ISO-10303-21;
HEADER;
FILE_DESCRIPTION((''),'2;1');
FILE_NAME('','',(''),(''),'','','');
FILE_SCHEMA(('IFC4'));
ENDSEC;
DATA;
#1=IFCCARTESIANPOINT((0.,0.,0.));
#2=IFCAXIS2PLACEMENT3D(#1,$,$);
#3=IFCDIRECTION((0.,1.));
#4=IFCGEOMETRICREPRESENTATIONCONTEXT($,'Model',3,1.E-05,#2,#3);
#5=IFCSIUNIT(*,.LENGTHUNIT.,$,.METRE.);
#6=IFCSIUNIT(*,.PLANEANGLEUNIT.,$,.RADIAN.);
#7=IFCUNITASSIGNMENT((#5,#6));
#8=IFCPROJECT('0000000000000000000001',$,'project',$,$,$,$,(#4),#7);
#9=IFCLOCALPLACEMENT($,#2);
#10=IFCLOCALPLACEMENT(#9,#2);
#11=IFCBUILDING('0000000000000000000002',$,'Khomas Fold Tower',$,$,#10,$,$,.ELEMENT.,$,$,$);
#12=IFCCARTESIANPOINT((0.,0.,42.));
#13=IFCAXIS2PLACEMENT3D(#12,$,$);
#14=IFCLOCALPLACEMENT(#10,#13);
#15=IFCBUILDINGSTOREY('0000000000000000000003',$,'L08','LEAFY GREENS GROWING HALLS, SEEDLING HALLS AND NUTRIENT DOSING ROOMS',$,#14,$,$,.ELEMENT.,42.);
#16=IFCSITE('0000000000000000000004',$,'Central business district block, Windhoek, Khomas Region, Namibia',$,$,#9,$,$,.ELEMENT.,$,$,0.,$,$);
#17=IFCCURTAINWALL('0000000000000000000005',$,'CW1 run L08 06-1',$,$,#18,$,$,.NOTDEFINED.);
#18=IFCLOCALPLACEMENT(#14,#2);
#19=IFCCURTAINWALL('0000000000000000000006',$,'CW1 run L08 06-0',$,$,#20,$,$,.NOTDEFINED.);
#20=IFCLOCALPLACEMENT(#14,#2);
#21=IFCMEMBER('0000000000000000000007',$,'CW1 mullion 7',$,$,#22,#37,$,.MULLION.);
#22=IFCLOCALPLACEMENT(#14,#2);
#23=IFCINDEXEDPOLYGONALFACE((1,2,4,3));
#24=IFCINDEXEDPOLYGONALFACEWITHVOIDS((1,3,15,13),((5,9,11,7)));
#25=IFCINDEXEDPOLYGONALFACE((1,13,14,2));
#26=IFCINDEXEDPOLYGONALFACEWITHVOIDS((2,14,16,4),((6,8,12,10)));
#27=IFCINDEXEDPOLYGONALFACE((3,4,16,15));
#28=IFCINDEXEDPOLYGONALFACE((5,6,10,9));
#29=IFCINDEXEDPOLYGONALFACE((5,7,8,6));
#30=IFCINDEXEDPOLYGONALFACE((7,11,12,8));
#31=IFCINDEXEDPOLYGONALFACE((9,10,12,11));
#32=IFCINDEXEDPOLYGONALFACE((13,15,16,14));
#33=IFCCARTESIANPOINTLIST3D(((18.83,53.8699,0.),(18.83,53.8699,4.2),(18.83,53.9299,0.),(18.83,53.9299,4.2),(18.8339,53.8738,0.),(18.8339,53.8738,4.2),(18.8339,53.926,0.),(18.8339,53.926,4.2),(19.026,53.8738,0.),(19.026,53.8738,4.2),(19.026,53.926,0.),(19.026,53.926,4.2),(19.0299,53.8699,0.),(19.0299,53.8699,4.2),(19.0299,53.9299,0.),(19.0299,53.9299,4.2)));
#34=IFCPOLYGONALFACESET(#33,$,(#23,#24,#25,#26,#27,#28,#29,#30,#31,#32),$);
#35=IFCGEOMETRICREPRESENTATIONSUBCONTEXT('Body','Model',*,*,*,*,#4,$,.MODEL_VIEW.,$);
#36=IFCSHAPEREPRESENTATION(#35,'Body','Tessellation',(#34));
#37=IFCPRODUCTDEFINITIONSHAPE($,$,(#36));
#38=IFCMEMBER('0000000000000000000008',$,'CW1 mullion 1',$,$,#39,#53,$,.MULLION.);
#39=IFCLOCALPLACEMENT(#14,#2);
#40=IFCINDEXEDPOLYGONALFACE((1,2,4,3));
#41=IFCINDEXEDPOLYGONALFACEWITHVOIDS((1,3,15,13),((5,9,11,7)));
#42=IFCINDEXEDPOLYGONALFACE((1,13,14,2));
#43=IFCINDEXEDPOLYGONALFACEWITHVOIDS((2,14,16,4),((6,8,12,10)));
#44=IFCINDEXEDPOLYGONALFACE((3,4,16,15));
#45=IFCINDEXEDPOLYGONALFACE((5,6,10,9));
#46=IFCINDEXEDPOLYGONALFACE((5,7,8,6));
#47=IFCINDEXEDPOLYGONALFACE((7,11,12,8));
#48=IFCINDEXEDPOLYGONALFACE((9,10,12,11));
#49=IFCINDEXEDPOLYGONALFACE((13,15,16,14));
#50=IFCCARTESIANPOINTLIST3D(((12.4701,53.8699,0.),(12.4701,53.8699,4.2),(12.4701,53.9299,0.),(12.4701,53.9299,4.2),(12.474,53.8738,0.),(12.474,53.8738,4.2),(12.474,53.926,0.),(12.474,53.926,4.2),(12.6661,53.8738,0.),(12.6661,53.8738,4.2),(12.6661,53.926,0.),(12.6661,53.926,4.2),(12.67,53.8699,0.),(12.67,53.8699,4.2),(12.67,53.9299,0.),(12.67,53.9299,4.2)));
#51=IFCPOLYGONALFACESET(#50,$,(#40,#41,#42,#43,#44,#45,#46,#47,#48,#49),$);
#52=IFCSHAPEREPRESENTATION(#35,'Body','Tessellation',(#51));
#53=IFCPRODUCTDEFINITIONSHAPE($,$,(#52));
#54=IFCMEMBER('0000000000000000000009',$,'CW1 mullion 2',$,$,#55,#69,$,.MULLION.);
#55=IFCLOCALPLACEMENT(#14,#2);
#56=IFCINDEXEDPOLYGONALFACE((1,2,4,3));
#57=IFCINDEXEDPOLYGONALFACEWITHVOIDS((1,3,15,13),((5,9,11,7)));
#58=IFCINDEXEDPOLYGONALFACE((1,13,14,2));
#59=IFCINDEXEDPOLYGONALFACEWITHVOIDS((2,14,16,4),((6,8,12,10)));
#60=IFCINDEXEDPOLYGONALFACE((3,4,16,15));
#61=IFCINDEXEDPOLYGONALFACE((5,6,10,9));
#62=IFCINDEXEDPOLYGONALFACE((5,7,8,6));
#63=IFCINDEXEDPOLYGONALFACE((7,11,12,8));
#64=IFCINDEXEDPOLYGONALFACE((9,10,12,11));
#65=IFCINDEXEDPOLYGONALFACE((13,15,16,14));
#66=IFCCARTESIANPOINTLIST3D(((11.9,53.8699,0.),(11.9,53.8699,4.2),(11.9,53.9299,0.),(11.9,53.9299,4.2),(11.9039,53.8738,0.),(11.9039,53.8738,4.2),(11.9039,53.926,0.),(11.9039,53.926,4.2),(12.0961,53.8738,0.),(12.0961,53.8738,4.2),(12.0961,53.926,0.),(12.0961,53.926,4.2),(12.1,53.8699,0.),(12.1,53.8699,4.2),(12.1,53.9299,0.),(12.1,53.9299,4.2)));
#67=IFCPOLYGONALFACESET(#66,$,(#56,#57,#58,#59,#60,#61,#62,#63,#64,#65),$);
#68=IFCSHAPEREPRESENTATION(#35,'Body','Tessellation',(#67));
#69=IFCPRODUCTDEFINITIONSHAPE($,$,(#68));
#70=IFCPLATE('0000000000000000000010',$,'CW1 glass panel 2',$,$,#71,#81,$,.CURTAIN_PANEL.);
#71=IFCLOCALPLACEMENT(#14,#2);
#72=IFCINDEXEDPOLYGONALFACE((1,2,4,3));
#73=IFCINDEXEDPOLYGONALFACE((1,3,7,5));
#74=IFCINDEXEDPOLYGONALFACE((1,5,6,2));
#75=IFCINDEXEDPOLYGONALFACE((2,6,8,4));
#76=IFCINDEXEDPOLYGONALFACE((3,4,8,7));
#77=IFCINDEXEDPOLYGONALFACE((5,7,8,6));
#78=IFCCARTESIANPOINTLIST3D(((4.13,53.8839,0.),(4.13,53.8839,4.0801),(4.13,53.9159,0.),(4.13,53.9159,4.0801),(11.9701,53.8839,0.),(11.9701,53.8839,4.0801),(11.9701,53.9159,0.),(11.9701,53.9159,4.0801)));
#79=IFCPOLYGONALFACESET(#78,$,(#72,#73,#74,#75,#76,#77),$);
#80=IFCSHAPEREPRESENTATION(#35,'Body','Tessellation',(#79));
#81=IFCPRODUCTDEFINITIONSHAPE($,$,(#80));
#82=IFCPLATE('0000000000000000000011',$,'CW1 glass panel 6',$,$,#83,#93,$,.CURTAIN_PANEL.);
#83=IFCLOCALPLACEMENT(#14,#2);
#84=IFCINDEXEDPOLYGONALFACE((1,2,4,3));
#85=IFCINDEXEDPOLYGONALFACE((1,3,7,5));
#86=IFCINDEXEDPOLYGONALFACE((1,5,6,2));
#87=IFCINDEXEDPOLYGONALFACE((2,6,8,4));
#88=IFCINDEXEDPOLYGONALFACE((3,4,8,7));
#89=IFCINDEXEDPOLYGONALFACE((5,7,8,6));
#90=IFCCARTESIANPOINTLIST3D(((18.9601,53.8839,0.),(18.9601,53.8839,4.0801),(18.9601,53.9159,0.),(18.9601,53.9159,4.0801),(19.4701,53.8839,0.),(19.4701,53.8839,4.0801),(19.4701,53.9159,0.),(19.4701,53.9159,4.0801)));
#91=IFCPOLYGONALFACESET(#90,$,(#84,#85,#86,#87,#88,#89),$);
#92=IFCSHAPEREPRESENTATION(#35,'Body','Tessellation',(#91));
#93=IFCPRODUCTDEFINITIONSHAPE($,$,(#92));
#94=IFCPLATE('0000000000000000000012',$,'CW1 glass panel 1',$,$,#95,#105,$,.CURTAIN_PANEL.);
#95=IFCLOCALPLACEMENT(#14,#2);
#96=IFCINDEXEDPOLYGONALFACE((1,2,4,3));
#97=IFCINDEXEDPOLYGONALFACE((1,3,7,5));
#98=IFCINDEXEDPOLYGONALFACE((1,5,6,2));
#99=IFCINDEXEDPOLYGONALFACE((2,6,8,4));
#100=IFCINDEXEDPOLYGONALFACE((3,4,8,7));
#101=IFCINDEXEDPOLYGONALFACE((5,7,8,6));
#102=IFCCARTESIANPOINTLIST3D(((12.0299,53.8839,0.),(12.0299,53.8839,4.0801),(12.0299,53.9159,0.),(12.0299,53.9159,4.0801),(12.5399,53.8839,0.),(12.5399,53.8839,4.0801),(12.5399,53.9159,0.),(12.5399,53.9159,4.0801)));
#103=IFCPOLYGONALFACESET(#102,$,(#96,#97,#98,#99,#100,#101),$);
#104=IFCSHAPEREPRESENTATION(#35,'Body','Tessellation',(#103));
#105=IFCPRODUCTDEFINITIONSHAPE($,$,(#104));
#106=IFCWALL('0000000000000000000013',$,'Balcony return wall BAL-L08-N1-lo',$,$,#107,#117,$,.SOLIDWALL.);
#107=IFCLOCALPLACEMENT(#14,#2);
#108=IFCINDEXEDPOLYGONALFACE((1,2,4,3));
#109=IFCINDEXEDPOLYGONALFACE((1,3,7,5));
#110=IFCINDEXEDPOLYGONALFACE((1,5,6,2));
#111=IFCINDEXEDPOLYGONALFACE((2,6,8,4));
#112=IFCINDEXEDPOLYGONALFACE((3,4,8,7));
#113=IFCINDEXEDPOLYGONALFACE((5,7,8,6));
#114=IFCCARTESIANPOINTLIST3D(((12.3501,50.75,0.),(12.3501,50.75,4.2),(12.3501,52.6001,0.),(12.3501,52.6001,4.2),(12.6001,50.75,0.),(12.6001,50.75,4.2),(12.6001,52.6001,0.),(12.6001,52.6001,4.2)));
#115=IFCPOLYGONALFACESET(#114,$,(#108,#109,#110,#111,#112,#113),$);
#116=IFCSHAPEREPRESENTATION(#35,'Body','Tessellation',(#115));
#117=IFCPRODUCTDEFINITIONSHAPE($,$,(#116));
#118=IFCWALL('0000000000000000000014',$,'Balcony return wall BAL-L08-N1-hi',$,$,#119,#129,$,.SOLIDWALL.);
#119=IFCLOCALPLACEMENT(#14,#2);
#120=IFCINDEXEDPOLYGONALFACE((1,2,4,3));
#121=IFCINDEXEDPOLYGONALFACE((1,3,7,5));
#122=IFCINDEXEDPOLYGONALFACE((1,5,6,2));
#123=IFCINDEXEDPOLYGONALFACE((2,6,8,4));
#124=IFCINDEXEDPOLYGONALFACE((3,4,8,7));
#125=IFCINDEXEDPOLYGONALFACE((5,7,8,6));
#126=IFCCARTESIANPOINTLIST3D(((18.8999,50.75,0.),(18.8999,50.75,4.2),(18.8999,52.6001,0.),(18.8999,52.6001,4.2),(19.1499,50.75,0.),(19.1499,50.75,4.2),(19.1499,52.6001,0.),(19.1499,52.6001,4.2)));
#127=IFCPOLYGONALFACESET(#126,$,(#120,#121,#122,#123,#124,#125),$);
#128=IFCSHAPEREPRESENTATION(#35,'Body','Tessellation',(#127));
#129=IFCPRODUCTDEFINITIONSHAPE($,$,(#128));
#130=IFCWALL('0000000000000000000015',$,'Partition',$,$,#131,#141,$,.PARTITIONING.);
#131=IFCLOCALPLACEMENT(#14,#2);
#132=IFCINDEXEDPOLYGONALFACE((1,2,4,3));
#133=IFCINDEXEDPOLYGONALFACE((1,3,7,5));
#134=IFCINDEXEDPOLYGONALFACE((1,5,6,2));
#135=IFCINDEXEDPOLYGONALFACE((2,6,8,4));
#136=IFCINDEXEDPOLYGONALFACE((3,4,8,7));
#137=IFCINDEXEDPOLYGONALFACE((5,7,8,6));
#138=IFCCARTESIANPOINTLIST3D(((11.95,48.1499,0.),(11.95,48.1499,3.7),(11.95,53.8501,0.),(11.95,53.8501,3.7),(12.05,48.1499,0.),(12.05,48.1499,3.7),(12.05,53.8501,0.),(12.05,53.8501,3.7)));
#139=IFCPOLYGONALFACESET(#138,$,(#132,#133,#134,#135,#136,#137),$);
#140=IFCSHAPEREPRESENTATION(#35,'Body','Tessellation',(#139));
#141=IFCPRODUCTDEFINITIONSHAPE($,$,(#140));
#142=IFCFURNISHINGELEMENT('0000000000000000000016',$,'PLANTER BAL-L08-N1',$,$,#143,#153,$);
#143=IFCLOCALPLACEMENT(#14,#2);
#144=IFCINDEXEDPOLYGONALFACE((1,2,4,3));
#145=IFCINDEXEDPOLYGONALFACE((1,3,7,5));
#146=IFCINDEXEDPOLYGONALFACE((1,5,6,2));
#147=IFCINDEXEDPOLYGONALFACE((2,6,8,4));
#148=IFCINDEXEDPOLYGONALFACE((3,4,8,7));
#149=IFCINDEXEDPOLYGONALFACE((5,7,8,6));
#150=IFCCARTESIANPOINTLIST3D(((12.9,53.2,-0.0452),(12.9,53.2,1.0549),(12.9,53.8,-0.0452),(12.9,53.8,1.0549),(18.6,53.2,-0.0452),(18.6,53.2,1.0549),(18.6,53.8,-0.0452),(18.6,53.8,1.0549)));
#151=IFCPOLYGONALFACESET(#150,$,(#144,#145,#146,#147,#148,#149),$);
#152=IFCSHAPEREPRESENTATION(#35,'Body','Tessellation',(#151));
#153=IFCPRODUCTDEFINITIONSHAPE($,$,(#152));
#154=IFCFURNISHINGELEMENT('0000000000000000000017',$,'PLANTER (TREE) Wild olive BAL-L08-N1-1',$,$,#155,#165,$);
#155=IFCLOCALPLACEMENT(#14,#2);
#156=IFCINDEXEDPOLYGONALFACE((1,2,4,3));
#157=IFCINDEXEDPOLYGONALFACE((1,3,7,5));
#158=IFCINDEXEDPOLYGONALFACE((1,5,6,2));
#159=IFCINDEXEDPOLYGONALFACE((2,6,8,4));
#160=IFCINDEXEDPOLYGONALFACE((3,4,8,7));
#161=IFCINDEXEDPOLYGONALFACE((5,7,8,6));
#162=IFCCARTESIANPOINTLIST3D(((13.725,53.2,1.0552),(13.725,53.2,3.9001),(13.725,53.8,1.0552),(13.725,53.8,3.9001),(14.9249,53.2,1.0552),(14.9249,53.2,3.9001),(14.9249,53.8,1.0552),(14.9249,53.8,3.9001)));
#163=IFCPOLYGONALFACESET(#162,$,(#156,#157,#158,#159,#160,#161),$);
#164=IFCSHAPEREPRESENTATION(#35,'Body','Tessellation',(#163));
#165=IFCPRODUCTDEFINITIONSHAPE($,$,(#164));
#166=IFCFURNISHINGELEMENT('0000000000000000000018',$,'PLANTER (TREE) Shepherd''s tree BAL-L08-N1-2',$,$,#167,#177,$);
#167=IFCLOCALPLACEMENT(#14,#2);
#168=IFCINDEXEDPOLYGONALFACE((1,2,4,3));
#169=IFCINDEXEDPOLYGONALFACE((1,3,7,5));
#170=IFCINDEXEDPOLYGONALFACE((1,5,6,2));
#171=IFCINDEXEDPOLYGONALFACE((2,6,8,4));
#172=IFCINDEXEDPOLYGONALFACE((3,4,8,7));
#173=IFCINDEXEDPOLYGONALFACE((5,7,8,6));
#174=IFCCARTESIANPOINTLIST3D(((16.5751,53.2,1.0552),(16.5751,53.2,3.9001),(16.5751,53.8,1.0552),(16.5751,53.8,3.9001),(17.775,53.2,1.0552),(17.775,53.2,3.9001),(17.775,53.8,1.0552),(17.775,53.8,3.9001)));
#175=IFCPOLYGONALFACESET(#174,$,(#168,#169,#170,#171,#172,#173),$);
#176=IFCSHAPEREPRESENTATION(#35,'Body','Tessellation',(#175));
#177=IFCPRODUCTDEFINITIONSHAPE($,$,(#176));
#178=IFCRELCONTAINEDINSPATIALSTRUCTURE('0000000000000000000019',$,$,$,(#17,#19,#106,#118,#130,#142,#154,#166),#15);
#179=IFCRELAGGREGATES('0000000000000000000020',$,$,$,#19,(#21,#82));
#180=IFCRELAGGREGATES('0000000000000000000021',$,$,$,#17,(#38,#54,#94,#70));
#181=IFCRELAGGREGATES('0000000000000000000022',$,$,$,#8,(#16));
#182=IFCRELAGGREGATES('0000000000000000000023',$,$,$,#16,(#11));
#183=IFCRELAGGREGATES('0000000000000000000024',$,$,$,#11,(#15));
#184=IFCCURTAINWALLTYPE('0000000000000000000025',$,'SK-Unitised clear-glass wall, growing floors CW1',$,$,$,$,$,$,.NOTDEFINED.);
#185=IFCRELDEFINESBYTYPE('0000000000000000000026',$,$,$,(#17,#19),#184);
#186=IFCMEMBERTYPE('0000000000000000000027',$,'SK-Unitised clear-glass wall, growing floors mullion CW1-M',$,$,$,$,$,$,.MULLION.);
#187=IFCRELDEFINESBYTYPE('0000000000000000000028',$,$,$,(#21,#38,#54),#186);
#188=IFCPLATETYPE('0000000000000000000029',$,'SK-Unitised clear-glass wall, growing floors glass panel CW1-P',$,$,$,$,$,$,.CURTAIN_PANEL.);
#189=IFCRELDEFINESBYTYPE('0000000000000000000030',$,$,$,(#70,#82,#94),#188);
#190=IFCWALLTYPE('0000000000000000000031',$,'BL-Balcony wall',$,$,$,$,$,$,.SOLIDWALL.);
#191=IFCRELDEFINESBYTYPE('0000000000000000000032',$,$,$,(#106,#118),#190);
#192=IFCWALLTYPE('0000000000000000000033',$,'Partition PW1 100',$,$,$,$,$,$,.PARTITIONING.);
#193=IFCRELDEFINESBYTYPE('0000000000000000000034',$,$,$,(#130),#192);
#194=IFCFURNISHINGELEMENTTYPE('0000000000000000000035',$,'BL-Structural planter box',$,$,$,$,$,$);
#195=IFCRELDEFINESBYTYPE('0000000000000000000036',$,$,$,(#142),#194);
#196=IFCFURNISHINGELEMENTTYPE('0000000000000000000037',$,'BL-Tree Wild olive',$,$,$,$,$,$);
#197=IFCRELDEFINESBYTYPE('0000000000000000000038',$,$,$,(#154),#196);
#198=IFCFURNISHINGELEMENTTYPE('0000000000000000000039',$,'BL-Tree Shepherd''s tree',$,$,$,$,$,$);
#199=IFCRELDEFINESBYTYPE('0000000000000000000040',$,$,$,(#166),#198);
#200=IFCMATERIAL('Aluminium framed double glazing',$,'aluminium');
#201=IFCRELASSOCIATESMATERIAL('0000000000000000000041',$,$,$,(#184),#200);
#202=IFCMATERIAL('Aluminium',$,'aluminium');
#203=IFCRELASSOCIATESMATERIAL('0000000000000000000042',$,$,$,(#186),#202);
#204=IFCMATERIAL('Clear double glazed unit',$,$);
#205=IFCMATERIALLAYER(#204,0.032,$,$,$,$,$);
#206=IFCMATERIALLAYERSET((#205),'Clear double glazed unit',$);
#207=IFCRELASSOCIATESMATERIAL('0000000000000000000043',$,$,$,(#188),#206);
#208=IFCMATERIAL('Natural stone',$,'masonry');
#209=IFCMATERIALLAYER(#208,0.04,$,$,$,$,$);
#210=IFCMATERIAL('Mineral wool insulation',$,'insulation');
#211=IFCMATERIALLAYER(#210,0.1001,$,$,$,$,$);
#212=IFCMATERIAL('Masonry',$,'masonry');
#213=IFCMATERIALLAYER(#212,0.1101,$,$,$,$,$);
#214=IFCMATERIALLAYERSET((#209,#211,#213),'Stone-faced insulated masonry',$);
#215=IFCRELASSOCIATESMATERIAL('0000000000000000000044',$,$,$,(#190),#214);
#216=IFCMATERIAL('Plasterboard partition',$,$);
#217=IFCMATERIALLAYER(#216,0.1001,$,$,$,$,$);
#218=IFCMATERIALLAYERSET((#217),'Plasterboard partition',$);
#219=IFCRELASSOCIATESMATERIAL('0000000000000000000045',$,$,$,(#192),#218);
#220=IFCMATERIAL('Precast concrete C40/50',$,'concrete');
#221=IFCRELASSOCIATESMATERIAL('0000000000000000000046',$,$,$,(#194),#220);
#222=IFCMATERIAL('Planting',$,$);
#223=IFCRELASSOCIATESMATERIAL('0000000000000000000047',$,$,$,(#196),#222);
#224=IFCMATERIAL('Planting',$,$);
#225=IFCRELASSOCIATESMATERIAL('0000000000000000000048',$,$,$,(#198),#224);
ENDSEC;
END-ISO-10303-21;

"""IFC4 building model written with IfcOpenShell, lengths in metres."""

from ifc_helpers import new_model, si_unit, direction, frame, frame_2d, origin, origin_2d, place, context, subcontext, project, spatial, rectangle, hollow_rectangle, extrude, source, transform, mapped, material, layer, layer_set, material_profile, profile_set, type_object, element, aggregate, save


model = new_model("IFC4")

# Units and contexts
model_context = context("Model", 3, precision=1e-05, world=origin(), true_north=direction((0.0, 1.0)))
body_context = subcontext(model_context, "Body", "Model", "MODEL_VIEW")
ifc_project = project(units=[si_unit("LENGTHUNIT", "METRE"), si_unit("PLANEANGLEUNIT", "RADIAN")], contexts=[model_context])

# Site, building, storey
site_placement = place(None, origin())
site = spatial("IfcSite", under=ifc_project, at=site_placement, Name="Central business district block, Windhoek, Khomas Region, Namibia", CompositionType="ELEMENT", RefElevation=0.0)
building_placement = place(site_placement, origin())
building = spatial("IfcBuilding", under=site, at=building_placement, Name="Khomas Fold Tower", CompositionType="ELEMENT")
storey_placement = place(building_placement, frame((0.0, 0.0, 42.0)))
storey = spatial("IfcBuildingStorey", under=building, at=storey_placement, Name="L08", Description="LEAFY GREENS GROWING HALLS, SEEDLING HALLS AND NUTRIENT DOSING ROOMS", CompositionType="ELEMENT", Elevation=42.0)

# Curtain walls
ifc_material_1 = material(Name="Aluminium framed double glazing", Category="aluminium")
curtain_wall_type = type_object("IfcCurtainWallType", Name="SK-Unitised clear-glass wall, growing floors CW1", PredefinedType="NOTDEFINED", material=ifc_material_1)
curtain_wall_1_placement = place(storey_placement, origin())
curtain_wall_1 = element("IfcCurtainWall", 1, at=curtain_wall_1_placement, inside=storey, type_object=curtain_wall_type, Name="CW1 run L08 06-1", PredefinedType="NOTDEFINED")
curtain_wall_2_placement = place(storey_placement, origin())
curtain_wall_2 = element("IfcCurtainWall", 2, at=curtain_wall_2_placement, inside=storey, type_object=curtain_wall_type, Name="CW1 run L08 06-0", PredefinedType="NOTDEFINED")

# Members
ifc_material_2 = material(Name="Aluminium", Category="aluminium")
ifc_material_profile_1 = material_profile(ifc_material_2, hollow_rectangle(XDim=0.0601, YDim=0.2, WallThickness=0.0039, at=origin_2d()), Name="SK-Unitised clear-glass wall, growing floors mullion CW1-M")
ifc_profile_set_1 = profile_set([ifc_material_profile_1], Name="Aluminium")
member_type_1 = type_object("IfcMemberType", Name="SK-Unitised clear-glass wall, growing floors mullion CW1-M", PredefinedType="MULLION", material=ifc_profile_set_1)
shared_shape_1 = source(origin(), body_context, "Body", "SweptSolid", [
    extrude(hollow_rectangle(XDim=0.0601, YDim=0.2, WallThickness=0.0039, at=origin_2d()), origin(), (0.0, 0.0, 1.0), 4.2),
])
member_1_placement = place(storey_placement, frame((18.9299, 53.8999, 0.0), z_axis=(0.0, 0.0, 1.0), x_axis=(0.0, -1.0, 0.0)))
member_1 = element("IfcMember", 3, at=member_1_placement, type_object=member_type_1, Name="CW1 mullion 7", PredefinedType="MULLION", context=body_context, shape_type="MappedRepresentation", body=[
    mapped(shared_shape_1, transform((0.0, 0.0, 0.0))),
])
member_2_placement = place(storey_placement, frame((12.5701, 53.8999, 0.0), z_axis=(0.0, 0.0, 1.0), x_axis=(0.0, -1.0, 0.0)))
member_2 = element("IfcMember", 4, at=member_2_placement, type_object=member_type_1, Name="CW1 mullion 1", PredefinedType="MULLION", context=body_context, shape_type="MappedRepresentation", body=[
    mapped(shared_shape_1, transform((0.0, 0.0, 0.0))),
])
member_3_placement = place(storey_placement, frame((12.0, 53.8999, 0.0), z_axis=(0.0, 0.0, 1.0), x_axis=(0.0, -1.0, 0.0)))
member_3 = element("IfcMember", 5, at=member_3_placement, type_object=member_type_1, Name="CW1 mullion 2", PredefinedType="MULLION", context=body_context, shape_type="MappedRepresentation", body=[
    mapped(shared_shape_1, transform((0.0, 0.0, 0.0))),
])

# Plates
ifc_material_3 = material(Name="Clear double glazed unit")
ifc_layer_1 = layer(ifc_material_3, 0.032)
ifc_layer_set_1 = layer_set([ifc_layer_1], Name="Clear double glazed unit")
plate_type = type_object("IfcPlateType", Name="SK-Unitised clear-glass wall, growing floors glass panel CW1-P", PredefinedType="CURTAIN_PANEL", material=ifc_layer_set_1)
shared_shape_2 = source(origin(), body_context, "Body", "SweptSolid", [
    extrude(rectangle(XDim=7.8401, YDim=0.032, at=origin_2d()), origin(), (0.0, 0.0, 1.0), 4.0801),
])
plate_1_placement = place(storey_placement, frame((8.05, 53.8999, 0.0), z_axis=(0.0, 0.0, 1.0), x_axis=(-1.0, 0.0, 0.0)))
plate_1 = element("IfcPlate", 6, at=plate_1_placement, type_object=plate_type, Name="CW1 glass panel 2", PredefinedType="CURTAIN_PANEL", context=body_context, shape_type="MappedRepresentation", body=[
    mapped(shared_shape_2, transform((0.0, 0.0, 0.0))),
])
shared_shape_3 = source(origin(), body_context, "Body", "SweptSolid", [
    extrude(rectangle(XDim=0.51, YDim=0.032, at=origin_2d()), origin(), (0.0, 0.0, 1.0), 4.0801),
])
plate_2_placement = place(storey_placement, frame((19.2151, 53.8999, 0.0), z_axis=(0.0, 0.0, 1.0), x_axis=(-1.0, 0.0, 0.0)))
plate_2 = element("IfcPlate", 7, at=plate_2_placement, type_object=plate_type, Name="CW1 glass panel 6", PredefinedType="CURTAIN_PANEL", context=body_context, shape_type="MappedRepresentation", body=[
    mapped(shared_shape_3, transform((0.0, 0.0, 0.0))),
])
aggregate(curtain_wall_2, [member_1, plate_2])
plate_3_placement = place(storey_placement, frame((12.2849, 53.8999, 0.0), z_axis=(0.0, 0.0, 1.0), x_axis=(-1.0, 0.0, 0.0)))
plate_3 = element("IfcPlate", 8, at=plate_3_placement, type_object=plate_type, Name="CW1 glass panel 1", PredefinedType="CURTAIN_PANEL", context=body_context, shape_type="MappedRepresentation", body=[
    mapped(shared_shape_3, transform((0.0, 0.0, 0.0))),
])
aggregate(curtain_wall_1, [member_2, member_3, plate_3, plate_1])

# Shared definitions
ifc_material_4 = material(Name="Natural stone", Category="masonry")
ifc_layer_2 = layer(ifc_material_4, 0.04)
ifc_material_5 = material(Name="Mineral wool insulation", Category="insulation")
ifc_layer_3 = layer(ifc_material_5, 0.1001)
ifc_material_6 = material(Name="Masonry", Category="masonry")
ifc_layer_4 = layer(ifc_material_6, 0.1101)
ifc_layer_set_2 = layer_set([ifc_layer_2, ifc_layer_3, ifc_layer_4], Name="Stone-faced insulated masonry")
wall_type_1 = type_object("IfcWallType", Name="BL-Balcony wall", PredefinedType="SOLIDWALL", material=ifc_layer_set_2)

# Walls
shared_shape_4 = source(origin(), body_context, "Body", "SweptSolid", [
    extrude(rectangle(XDim=1.8501, YDim=0.25, at=frame_2d((0.925, 0.0))), origin(), (0.0, 0.0, 1.0), 4.2),
])
for number, where, z_axis, x_axis, name in (
    (9, (12.4751, 52.6001, 0.0), (0.0, 0.0, 1.0), (0.0, -1.0, 0.0), "Balcony return wall BAL-L08-N1-lo"),
    (10, (19.0249, 52.6001, 0.0), (0.0, 0.0, 1.0), (0.0, -1.0, 0.0), "Balcony return wall BAL-L08-N1-hi"),
):
    element("IfcWall", number, at=place(storey_placement, frame(where, z_axis=z_axis, x_axis=x_axis)), inside=storey, type_object=wall_type_1, Name=name, PredefinedType="SOLIDWALL", context=body_context, shape_type="MappedRepresentation", body=[
        mapped(shared_shape_4, transform((0.0, 0.0, 0.0))),
    ])
ifc_material_7 = material(Name="Plasterboard partition")
ifc_layer_5 = layer(ifc_material_7, 0.1001)
ifc_layer_set_3 = layer_set([ifc_layer_5], Name="Plasterboard partition")
wall_type_2 = type_object("IfcWallType", Name="Partition PW1 100", PredefinedType="PARTITIONING", material=ifc_layer_set_3)
shared_shape_5 = source(origin(), body_context, "Body", "SweptSolid", [
    extrude(rectangle(XDim=5.7002, YDim=0.1001, at=frame_2d((2.8501, 0.0))), origin(), (0.0, 0.0, 1.0), 3.7),
])
wall_1_placement = place(storey_placement, frame((12.0, 48.1499, 0.0), z_axis=(0.0, 0.0, 1.0), x_axis=(0.0, 1.0, 0.0)))
element("IfcWall", 11, at=wall_1_placement, inside=storey, type_object=wall_type_2, Name="Partition", PredefinedType="PARTITIONING", context=body_context, shape_type="MappedRepresentation", body=[
    mapped(shared_shape_5, transform((0.0, 0.0, 0.0))),
])

# Furnishing elements
ifc_material_8 = material(Name="Precast concrete C40/50", Category="concrete")
furnishing_element_type_1 = type_object("IfcFurnishingElementType", Name="BL-Structural planter box", material=ifc_material_8)
shared_shape_6 = source(origin(), body_context, "Body", "SweptSolid", [
    extrude(rectangle(XDim=5.7, YDim=0.6001, at=origin_2d()), origin(), (0.0, 0.0, 1.0), 1.1001),
])
furnishing_1_placement = place(storey_placement, frame((15.75, 53.5, -0.0452), z_axis=(0.0, 0.0, 1.0), x_axis=(1.0, 0.0, 0.0)))
element("IfcFurnishingElement", 12, at=furnishing_1_placement, inside=storey, type_object=furnishing_element_type_1, Name="PLANTER BAL-L08-N1", context=body_context, shape_type="MappedRepresentation", body=[
    mapped(shared_shape_6, transform((0.0, 0.0, 0.0))),
])
ifc_material_9 = material(Name="Planting")
furnishing_element_type_2 = type_object("IfcFurnishingElementType", Name="BL-Tree Wild olive", material=ifc_material_9)
shared_shape_7 = source(origin(), body_context, "Body", "SweptSolid", [
    extrude(rectangle(XDim=1.2, YDim=0.6001, at=origin_2d()), origin(), (0.0, 0.0, 1.0), 2.845),
])
furnishing_2_placement = place(storey_placement, frame((14.325, 53.5, 1.0552), z_axis=(0.0, 0.0, 1.0), x_axis=(1.0, 0.0, 0.0)))
element("IfcFurnishingElement", 13, at=furnishing_2_placement, inside=storey, type_object=furnishing_element_type_2, Name="PLANTER (TREE) Wild olive BAL-L08-N1-1", context=body_context, shape_type="MappedRepresentation", body=[
    mapped(shared_shape_7, transform((0.0, 0.0, 0.0))),
])
ifc_material_10 = material(Name="Planting")
furnishing_element_type_3 = type_object("IfcFurnishingElementType", Name="BL-Tree Shepherd's tree", material=ifc_material_10)
furnishing_3_placement = place(storey_placement, frame((17.175, 53.5, 1.0552), z_axis=(0.0, 0.0, 1.0), x_axis=(1.0, 0.0, 0.0)))
element("IfcFurnishingElement", 14, at=furnishing_3_placement, inside=storey, type_object=furnishing_element_type_3, Name="PLANTER (TREE) Shepherd's tree BAL-L08-N1-2", context=body_context, shape_type="MappedRepresentation", body=[
    mapped(shared_shape_7, transform((0.0, 0.0, 0.0))),
])

save(model, "model.ifc")
